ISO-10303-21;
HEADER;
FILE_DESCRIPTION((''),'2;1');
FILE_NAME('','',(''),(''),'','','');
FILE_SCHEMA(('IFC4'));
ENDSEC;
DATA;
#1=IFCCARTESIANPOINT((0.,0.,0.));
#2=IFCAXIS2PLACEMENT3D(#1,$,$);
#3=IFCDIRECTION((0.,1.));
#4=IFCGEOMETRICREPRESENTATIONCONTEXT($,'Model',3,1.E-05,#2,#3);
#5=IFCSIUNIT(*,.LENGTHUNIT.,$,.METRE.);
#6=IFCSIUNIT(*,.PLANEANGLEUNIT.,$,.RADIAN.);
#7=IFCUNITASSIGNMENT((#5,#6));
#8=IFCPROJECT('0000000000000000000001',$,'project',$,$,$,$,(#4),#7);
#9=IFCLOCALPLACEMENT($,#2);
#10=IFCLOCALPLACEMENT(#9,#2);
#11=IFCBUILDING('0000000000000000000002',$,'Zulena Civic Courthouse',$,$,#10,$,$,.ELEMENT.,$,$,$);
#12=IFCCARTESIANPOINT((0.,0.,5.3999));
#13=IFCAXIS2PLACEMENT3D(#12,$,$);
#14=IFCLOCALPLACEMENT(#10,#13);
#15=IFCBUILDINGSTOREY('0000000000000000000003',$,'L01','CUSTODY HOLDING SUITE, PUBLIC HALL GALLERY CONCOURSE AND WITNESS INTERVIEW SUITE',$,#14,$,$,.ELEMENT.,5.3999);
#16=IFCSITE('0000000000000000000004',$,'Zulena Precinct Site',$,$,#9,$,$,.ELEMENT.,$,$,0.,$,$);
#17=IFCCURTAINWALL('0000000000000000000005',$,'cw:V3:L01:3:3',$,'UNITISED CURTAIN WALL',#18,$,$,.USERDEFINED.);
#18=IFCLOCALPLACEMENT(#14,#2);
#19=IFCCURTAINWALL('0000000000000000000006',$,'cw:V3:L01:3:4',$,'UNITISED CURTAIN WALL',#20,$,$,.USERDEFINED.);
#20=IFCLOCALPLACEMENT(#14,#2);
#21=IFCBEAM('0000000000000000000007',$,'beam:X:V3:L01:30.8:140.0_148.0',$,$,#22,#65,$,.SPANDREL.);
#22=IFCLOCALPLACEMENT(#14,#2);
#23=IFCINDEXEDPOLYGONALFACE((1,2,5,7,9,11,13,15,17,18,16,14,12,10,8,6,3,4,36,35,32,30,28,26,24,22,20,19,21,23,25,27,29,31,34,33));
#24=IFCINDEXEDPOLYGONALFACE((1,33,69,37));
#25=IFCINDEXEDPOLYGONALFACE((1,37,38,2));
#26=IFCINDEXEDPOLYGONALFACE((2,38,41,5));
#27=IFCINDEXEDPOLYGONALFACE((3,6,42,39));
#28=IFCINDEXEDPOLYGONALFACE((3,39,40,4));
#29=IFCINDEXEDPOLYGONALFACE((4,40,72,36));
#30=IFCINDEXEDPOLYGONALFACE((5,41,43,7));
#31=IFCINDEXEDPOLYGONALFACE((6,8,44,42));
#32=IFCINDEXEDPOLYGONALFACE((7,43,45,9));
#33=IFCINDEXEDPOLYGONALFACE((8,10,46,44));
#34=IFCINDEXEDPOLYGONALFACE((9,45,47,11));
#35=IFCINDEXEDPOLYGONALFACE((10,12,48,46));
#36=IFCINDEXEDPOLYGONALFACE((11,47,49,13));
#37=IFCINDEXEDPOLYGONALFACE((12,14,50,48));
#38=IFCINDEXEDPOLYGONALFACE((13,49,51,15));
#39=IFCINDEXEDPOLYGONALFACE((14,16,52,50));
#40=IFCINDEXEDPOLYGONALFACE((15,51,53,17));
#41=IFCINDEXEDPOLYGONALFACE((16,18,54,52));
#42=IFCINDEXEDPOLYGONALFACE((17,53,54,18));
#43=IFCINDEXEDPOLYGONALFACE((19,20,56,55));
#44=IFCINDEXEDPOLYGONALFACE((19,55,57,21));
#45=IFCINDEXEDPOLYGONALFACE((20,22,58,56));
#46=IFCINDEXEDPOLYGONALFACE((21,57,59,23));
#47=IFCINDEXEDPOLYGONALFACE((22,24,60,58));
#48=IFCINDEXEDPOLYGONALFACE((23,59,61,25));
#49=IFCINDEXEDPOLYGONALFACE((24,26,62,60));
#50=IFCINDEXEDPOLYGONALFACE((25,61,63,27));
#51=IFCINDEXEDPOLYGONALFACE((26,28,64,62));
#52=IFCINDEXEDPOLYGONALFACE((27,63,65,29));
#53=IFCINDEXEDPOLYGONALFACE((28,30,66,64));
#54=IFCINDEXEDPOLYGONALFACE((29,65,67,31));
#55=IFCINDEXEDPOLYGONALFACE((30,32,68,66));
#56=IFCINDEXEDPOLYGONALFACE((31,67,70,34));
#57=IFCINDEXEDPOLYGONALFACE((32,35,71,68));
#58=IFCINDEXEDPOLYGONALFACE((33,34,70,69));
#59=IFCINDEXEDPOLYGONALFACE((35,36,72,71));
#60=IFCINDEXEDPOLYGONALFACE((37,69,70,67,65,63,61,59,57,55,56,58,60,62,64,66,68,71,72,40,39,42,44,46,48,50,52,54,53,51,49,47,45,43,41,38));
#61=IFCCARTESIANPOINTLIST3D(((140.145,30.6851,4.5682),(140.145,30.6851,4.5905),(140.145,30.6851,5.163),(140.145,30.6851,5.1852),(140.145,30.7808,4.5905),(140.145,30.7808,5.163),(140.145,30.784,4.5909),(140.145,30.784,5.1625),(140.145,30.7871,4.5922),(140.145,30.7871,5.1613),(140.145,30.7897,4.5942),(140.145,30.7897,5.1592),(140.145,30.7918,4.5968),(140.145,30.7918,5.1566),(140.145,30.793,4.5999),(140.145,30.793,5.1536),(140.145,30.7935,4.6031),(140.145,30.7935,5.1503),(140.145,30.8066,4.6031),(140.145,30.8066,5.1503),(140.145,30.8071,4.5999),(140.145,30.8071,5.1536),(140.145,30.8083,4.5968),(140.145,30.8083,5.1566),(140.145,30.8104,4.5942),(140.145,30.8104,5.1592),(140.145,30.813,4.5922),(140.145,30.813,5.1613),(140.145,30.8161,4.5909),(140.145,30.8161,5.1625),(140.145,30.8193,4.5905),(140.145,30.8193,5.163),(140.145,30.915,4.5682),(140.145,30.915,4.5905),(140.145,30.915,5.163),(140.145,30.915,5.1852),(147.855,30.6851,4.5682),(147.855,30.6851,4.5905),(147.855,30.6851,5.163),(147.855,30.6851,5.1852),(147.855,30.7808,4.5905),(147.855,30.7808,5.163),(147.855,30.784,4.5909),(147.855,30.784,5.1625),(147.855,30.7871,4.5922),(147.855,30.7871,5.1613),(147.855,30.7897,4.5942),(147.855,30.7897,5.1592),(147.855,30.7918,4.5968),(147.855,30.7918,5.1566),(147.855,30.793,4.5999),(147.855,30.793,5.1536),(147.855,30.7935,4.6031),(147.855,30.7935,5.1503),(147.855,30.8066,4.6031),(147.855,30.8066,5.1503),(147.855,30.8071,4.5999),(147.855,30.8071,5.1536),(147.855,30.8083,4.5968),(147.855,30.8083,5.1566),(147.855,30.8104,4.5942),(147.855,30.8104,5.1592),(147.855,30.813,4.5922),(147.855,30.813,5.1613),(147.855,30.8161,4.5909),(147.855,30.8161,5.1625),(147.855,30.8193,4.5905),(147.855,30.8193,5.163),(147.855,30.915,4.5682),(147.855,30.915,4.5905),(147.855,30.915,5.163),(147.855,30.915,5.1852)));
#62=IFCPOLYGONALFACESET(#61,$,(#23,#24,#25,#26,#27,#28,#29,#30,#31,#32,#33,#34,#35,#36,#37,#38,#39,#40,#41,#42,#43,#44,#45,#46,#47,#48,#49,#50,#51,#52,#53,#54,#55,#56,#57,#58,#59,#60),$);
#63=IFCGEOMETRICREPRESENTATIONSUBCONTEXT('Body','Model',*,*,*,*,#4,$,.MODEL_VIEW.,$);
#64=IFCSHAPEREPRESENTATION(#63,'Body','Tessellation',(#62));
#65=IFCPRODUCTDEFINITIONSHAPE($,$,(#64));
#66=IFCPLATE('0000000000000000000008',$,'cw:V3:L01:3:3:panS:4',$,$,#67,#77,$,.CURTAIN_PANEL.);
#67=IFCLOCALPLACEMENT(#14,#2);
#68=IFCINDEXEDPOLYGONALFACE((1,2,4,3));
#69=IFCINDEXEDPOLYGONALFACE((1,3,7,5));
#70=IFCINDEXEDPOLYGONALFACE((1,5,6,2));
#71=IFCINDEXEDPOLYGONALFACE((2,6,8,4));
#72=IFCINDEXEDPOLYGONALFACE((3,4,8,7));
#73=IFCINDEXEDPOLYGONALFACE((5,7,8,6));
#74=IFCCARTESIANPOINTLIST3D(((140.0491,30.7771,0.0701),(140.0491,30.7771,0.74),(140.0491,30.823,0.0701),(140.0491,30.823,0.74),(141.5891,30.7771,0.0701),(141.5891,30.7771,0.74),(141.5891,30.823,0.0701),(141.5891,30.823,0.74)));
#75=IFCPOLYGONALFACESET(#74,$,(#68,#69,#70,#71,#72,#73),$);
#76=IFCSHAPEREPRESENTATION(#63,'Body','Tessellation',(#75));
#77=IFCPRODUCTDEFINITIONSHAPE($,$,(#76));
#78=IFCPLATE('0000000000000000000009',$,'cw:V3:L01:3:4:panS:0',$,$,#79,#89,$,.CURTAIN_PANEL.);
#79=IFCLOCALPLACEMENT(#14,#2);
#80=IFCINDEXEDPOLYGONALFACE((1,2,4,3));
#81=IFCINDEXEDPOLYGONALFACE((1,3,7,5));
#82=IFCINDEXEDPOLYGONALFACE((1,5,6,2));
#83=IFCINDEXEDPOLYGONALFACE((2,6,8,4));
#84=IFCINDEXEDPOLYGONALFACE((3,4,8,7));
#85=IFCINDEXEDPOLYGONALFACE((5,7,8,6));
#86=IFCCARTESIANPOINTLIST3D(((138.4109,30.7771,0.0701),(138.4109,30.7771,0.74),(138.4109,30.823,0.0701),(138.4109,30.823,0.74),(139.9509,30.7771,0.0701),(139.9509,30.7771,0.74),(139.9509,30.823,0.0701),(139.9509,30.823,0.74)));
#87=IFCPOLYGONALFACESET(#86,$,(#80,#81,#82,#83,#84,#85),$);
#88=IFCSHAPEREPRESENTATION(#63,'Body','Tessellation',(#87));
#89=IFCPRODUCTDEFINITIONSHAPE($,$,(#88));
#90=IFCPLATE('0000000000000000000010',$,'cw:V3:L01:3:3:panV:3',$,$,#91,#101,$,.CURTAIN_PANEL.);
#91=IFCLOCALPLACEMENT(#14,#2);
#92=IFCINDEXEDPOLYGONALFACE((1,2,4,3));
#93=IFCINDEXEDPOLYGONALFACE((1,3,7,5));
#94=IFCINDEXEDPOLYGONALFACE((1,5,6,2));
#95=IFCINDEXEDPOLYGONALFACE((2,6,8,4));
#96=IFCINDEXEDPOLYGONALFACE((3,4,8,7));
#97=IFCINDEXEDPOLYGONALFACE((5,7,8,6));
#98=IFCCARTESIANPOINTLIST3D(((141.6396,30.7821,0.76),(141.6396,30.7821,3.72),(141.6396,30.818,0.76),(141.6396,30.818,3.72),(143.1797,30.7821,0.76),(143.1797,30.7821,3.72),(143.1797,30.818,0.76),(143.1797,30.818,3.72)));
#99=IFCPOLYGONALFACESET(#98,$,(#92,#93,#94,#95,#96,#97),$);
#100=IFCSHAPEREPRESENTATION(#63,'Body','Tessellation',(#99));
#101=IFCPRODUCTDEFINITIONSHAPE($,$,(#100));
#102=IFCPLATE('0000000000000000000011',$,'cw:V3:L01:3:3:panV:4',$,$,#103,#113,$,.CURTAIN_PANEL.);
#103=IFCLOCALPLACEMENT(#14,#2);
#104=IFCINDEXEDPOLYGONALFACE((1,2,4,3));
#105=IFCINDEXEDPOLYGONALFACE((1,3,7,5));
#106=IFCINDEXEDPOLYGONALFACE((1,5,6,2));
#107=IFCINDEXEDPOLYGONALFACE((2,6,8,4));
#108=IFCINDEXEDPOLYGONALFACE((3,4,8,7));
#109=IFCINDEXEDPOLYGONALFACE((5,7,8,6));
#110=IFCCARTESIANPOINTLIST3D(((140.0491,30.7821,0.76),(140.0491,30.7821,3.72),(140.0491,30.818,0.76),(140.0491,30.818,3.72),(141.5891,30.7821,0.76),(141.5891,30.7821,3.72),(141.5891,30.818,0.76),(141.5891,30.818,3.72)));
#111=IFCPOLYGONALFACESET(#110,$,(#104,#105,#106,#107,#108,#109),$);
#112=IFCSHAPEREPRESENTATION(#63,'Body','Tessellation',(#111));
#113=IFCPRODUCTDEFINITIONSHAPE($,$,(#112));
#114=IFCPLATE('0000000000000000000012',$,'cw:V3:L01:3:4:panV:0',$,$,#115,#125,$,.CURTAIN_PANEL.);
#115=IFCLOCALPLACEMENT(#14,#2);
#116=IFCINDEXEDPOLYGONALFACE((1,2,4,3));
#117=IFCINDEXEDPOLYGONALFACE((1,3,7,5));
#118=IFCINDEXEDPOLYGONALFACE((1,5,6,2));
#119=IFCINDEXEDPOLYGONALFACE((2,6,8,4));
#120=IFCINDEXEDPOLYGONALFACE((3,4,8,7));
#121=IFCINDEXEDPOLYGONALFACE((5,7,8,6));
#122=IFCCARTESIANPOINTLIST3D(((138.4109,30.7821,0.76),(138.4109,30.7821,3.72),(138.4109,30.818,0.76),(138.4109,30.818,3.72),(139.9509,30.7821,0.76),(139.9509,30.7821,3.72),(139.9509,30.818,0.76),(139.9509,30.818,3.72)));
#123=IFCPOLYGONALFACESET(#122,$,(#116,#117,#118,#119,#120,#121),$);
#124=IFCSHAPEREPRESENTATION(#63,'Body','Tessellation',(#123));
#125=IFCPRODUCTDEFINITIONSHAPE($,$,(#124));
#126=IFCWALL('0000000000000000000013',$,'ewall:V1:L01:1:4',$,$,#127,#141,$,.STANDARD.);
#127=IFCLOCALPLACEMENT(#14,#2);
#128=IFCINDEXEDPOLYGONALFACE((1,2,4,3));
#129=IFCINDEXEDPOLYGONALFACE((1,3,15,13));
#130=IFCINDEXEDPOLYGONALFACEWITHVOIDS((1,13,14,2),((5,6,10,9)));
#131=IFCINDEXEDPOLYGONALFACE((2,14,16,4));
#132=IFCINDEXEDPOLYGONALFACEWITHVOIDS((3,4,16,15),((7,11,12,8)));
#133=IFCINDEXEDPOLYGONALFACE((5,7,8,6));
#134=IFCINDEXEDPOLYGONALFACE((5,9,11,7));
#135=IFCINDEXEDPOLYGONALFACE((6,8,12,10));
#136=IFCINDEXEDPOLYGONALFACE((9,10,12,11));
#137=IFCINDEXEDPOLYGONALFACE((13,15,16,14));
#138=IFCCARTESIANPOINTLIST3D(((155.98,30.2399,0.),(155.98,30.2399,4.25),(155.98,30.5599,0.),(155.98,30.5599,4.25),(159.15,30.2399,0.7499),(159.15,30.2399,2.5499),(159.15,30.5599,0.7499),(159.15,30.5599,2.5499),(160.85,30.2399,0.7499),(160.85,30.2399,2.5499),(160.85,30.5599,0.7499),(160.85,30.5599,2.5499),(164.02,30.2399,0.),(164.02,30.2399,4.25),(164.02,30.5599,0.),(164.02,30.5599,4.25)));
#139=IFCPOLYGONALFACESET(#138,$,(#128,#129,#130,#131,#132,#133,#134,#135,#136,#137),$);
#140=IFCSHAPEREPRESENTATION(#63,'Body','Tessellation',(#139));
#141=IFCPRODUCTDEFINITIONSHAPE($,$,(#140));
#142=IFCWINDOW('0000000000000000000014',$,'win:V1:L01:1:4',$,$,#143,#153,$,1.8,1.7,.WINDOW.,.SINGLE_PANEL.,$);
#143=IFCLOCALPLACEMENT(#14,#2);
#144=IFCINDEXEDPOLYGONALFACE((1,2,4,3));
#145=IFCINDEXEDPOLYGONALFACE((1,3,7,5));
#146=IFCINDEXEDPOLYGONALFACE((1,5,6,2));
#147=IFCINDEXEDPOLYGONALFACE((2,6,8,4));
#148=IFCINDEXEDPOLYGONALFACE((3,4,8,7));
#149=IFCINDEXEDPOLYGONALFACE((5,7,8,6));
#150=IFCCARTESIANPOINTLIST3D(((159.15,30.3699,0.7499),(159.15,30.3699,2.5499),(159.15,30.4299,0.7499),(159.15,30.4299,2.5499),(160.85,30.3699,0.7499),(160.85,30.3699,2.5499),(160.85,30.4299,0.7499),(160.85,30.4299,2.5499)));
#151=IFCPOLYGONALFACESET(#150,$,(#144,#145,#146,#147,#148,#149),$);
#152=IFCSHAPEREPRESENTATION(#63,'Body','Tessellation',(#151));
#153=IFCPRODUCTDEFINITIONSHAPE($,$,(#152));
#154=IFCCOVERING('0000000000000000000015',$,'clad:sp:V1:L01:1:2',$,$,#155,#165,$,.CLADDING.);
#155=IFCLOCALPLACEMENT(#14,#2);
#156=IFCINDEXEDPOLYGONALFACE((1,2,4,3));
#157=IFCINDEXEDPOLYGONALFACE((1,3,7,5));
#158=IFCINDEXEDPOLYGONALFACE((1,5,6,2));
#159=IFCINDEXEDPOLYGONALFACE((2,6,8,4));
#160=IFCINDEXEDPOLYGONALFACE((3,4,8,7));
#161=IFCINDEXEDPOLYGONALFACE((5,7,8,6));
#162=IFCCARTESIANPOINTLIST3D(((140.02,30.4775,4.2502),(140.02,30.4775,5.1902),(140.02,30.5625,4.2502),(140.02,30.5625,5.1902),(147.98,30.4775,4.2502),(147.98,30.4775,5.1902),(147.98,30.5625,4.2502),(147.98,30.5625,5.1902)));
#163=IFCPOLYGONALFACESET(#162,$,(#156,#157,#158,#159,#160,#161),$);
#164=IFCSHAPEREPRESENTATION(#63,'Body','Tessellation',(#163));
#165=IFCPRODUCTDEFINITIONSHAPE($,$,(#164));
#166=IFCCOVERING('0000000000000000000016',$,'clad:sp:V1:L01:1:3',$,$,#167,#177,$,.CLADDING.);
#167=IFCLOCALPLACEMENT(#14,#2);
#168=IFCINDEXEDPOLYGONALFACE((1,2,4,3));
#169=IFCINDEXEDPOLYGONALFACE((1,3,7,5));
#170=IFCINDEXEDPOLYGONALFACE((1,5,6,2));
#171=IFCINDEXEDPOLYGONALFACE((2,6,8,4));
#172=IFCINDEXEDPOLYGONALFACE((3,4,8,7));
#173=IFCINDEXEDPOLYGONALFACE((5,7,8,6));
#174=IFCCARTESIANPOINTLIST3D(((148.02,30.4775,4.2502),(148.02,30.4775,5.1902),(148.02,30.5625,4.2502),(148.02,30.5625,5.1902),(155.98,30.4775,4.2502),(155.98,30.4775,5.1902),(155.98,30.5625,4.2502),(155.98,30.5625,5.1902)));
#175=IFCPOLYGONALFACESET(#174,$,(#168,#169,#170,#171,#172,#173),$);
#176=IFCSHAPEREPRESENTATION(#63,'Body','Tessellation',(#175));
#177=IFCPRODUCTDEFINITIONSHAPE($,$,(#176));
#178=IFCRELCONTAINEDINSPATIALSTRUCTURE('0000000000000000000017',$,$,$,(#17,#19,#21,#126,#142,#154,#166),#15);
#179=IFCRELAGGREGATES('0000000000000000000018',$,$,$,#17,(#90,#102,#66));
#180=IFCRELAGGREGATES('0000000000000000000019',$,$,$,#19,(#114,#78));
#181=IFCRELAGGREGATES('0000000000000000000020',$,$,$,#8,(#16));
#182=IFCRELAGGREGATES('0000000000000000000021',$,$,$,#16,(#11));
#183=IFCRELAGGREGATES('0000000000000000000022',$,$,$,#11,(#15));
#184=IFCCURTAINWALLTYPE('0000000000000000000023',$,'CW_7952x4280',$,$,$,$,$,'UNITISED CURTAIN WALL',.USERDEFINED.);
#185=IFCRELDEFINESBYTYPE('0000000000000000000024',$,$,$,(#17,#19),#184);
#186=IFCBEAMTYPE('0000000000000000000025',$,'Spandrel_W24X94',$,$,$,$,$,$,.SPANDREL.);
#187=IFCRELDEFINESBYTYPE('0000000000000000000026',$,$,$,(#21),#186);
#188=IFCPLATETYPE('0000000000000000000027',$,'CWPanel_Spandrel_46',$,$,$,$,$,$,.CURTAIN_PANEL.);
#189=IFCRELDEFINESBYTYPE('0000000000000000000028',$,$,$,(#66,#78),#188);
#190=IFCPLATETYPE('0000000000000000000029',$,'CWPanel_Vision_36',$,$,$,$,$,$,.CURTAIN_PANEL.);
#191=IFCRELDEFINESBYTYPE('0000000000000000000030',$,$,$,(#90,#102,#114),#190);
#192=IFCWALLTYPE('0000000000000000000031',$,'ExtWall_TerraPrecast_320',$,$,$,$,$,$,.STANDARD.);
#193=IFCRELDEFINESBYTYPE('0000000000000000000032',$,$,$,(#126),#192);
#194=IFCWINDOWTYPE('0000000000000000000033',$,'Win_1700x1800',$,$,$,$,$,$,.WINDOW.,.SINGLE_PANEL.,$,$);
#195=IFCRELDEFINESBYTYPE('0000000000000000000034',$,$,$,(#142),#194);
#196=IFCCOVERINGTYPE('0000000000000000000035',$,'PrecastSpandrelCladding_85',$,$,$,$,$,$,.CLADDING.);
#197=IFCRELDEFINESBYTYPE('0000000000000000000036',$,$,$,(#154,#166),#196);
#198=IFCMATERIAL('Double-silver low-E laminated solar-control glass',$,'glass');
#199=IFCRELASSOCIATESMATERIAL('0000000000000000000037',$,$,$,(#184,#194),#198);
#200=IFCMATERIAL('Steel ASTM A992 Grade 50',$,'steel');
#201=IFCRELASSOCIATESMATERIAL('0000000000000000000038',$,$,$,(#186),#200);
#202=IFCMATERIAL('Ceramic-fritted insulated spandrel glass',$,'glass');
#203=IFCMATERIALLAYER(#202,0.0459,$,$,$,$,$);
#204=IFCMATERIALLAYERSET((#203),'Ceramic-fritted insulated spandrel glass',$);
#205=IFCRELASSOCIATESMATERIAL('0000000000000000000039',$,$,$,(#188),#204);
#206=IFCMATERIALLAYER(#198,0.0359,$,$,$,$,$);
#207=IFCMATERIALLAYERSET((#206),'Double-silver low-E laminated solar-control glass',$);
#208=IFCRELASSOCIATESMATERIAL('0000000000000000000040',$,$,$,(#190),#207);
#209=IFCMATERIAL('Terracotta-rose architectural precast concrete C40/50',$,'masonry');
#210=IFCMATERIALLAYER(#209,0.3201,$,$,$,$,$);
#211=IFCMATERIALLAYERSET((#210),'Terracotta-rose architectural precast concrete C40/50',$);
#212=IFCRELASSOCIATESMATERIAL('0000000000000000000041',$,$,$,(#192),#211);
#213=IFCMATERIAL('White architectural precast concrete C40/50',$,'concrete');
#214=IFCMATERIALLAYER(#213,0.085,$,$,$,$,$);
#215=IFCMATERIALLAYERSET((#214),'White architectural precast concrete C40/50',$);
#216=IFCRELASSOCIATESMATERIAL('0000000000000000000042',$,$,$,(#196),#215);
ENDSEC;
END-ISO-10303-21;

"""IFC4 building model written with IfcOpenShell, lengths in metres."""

from ifc_helpers import new_model, si_unit, direction, frame, frame_2d, origin, origin_2d, place, context, subcontext, project, spatial, rectangle, i_section, extrude, material, layer, layer_set, material_profile, profile_set, type_object, element, fill, aggregate, save


model = new_model("IFC4")

# Units and contexts
model_context = context("Model", 3, precision=1e-05, world=origin(), true_north=direction((0.0, 1.0)))
body_context = subcontext(model_context, "Body", "Model", "MODEL_VIEW")
ifc_project = project(units=[si_unit("LENGTHUNIT", "METRE"), si_unit("PLANEANGLEUNIT", "RADIAN")], contexts=[model_context])

# Site, building, storey
site_placement = place(None, origin())
site = spatial("IfcSite", under=ifc_project, at=site_placement, Name="Zulena Precinct Site", CompositionType="ELEMENT", RefElevation=0.0)
building_placement = place(site_placement, origin())
building = spatial("IfcBuilding", under=site, at=building_placement, Name="Zulena Civic Courthouse", CompositionType="ELEMENT")
storey_placement = place(building_placement, frame((0.0, 0.0, 5.3999)))
storey = spatial("IfcBuildingStorey", under=building, at=storey_placement, Name="L01", Description="CUSTODY HOLDING SUITE, PUBLIC HALL GALLERY CONCOURSE AND WITNESS INTERVIEW SUITE", CompositionType="ELEMENT", Elevation=5.3999)

# Shared definitions
ifc_material_1 = material(Name="Steel ASTM A992 Grade 50", Category="steel")

# Curtain walls
ifc_material_2 = material(Name="Double-silver low-E laminated solar-control glass", Category="glass")
curtain_wall_type = type_object("IfcCurtainWallType", Name="CW_7952x4280", ElementType="UNITISED CURTAIN WALL", PredefinedType="USERDEFINED", material=ifc_material_2)
curtain_wall_1_placement = place(storey_placement, origin())
curtain_wall_1 = element("IfcCurtainWall", 1, at=curtain_wall_1_placement, inside=storey, type_object=curtain_wall_type, Name="cw:V3:L01:3:3", ObjectType="UNITISED CURTAIN WALL", PredefinedType="USERDEFINED")
curtain_wall_2_placement = place(storey_placement, origin())
curtain_wall_2 = element("IfcCurtainWall", 2, at=curtain_wall_2_placement, inside=storey, type_object=curtain_wall_type, Name="cw:V3:L01:3:4", ObjectType="UNITISED CURTAIN WALL", PredefinedType="USERDEFINED")

# Beam
ifc_material_profile_1 = material_profile(ifc_material_1, i_section(OverallWidth=0.23, OverallDepth=0.6169, WebThickness=0.0132, FlangeThickness=0.0222, FilletRadius=0.0127, at=origin_2d()), Name="W24X94")
ifc_profile_set_1 = profile_set([ifc_material_profile_1], Name="Steel ASTM A992 Grade 50")
beam_type = type_object("IfcBeamType", Name="Spandrel_W24X94", PredefinedType="SPANDREL", material=ifc_profile_set_1)
beam_placement = place(storey_placement, frame((140.145, 30.8, 4.8767), z_axis=(1.0, 0.0, 0.0), x_axis=(0.0, 1.0, 0.0)))
element("IfcBeam", 3, at=beam_placement, inside=storey, type_object=beam_type, Name="beam:X:V3:L01:30.8:140.0_148.0", PredefinedType="SPANDREL", context=body_context, shape_type="SweptSolid", body=[
    extrude(i_section(OverallWidth=0.23, OverallDepth=0.6169, WebThickness=0.0132, FlangeThickness=0.0222, FilletRadius=0.0127, at=origin_2d()), origin(), (0.0, 0.0, 1.0), 7.71),
])

# Plates
ifc_material_3 = material(Name="Ceramic-fritted insulated spandrel glass", Category="glass")
ifc_layer_1 = layer(ifc_material_3, 0.0459)
ifc_layer_set_1 = layer_set([ifc_layer_1], Name="Ceramic-fritted insulated spandrel glass")
plate_type_1 = type_object("IfcPlateType", Name="CWPanel_Spandrel_46", PredefinedType="CURTAIN_PANEL", material=ifc_layer_set_1)
plate_1_placement = place(storey_placement, frame((140.8191, 30.8, 0.0701), z_axis=(0.0, 0.0, 1.0), x_axis=(-1.0, 0.0, 0.0)))
plate_1 = element("IfcPlate", 4, at=plate_1_placement, type_object=plate_type_1, Name="cw:V3:L01:3:3:panS:4", PredefinedType="CURTAIN_PANEL", context=body_context, shape_type="SweptSolid", body=[
    extrude(rectangle(XDim=1.54, YDim=0.0459, at=origin_2d()), origin(), (0.0, 0.0, 1.0), 0.6699),
])
plate_2_placement = place(storey_placement, frame((139.1809, 30.8, 0.0701), z_axis=(0.0, 0.0, 1.0), x_axis=(-1.0, 0.0, 0.0)))
plate_2 = element("IfcPlate", 5, at=plate_2_placement, type_object=plate_type_1, Name="cw:V3:L01:3:4:panS:0", PredefinedType="CURTAIN_PANEL", context=body_context, shape_type="SweptSolid", body=[
    extrude(rectangle(XDim=1.54, YDim=0.0459, at=origin_2d()), origin(), (0.0, 0.0, 1.0), 0.6699),
])
ifc_layer_2 = layer(ifc_material_2, 0.0359)
ifc_layer_set_2 = layer_set([ifc_layer_2], Name="Double-silver low-E laminated solar-control glass")
plate_type_2 = type_object("IfcPlateType", Name="CWPanel_Vision_36", PredefinedType="CURTAIN_PANEL", material=ifc_layer_set_2)
plate_3_placement = place(storey_placement, frame((142.4097, 30.8, 0.76), z_axis=(0.0, 0.0, 1.0), x_axis=(-1.0, 0.0, 0.0)))
plate_3 = element("IfcPlate", 6, at=plate_3_placement, type_object=plate_type_2, Name="cw:V3:L01:3:3:panV:3", PredefinedType="CURTAIN_PANEL", context=body_context, shape_type="SweptSolid", body=[
    extrude(rectangle(XDim=1.54, YDim=0.0359, at=origin_2d()), origin(), (0.0, 0.0, 1.0), 2.96),
])
plate_4_placement = place(storey_placement, frame((140.8191, 30.8, 0.76), z_axis=(0.0, 0.0, 1.0), x_axis=(-1.0, 0.0, 0.0)))
plate_4 = element("IfcPlate", 7, at=plate_4_placement, type_object=plate_type_2, Name="cw:V3:L01:3:3:panV:4", PredefinedType="CURTAIN_PANEL", context=body_context, shape_type="SweptSolid", body=[
    extrude(rectangle(XDim=1.54, YDim=0.0359, at=origin_2d()), origin(), (0.0, 0.0, 1.0), 2.96),
])
aggregate(curtain_wall_1, [plate_3, plate_4, plate_1])
plate_5_placement = place(storey_placement, frame((139.1809, 30.8, 0.76), z_axis=(0.0, 0.0, 1.0), x_axis=(-1.0, 0.0, 0.0)))
plate_5 = element("IfcPlate", 8, at=plate_5_placement, type_object=plate_type_2, Name="cw:V3:L01:3:4:panV:0", PredefinedType="CURTAIN_PANEL", context=body_context, shape_type="SweptSolid", body=[
    extrude(rectangle(XDim=1.54, YDim=0.0359, at=origin_2d()), origin(), (0.0, 0.0, 1.0), 2.96),
])
aggregate(curtain_wall_2, [plate_5, plate_2])

# Wall, opening, window
ifc_material_4 = material(Name="Terracotta-rose architectural precast concrete C40/50", Category="masonry")
ifc_layer_3 = layer(ifc_material_4, 0.3201)
ifc_layer_set_3 = layer_set([ifc_layer_3], Name="Terracotta-rose architectural precast concrete C40/50")
wall_type = type_object("IfcWallType", Name="ExtWall_TerraPrecast_320", PredefinedType="STANDARD", material=ifc_layer_set_3)
wall_placement = place(storey_placement, frame((155.98, 30.3999, 0.0), z_axis=(0.0, 0.0, 1.0), x_axis=(1.0, 0.0, 0.0)))
wall = element("IfcWall", 9, at=wall_placement, inside=storey, type_object=wall_type, Name="ewall:V1:L01:1:4", PredefinedType="STANDARD", context=body_context, shape_type="SweptSolid", body=[
    extrude(rectangle(XDim=8.04, YDim=0.3201, at=frame_2d((4.02, 0.0))), origin(), (0.0, 0.0, 1.0), 4.25),
])
opening_placement = place(wall_placement, frame((3.1699, 0.0, 0.75)))
opening = element("IfcOpeningElement", 10, at=opening_placement, cuts=wall, PredefinedType="OPENING", context=body_context, shape_type="SweptSolid", body=[
    extrude(rectangle(XDim=1.7, YDim=1.8, at=frame_2d((0.8501, 0.8999))), frame((0.0, 0.1699, 0.0), z_axis=(0.0, -1.0, 0.0), x_axis=(1.0, 0.0, 0.0)), (0.0, 0.0, 1.0), 0.3401),
])
window_type = type_object("IfcWindowType", Name="Win_1700x1800", PartitioningType="SINGLE_PANEL", PredefinedType="WINDOW", material=ifc_material_2)
window_placement = place(opening_placement, origin())
window = element("IfcWindow", 11, at=window_placement, inside=storey, type_object=window_type, Name="win:V1:L01:1:4", OverallHeight=1.8, OverallWidth=1.7, PartitioningType="SINGLE_PANEL", PredefinedType="WINDOW", context=body_context, shape_type="SweptSolid", body=[
    extrude(rectangle(XDim=1.7, YDim=1.8, at=frame_2d((0.8501, 0.8999))), frame((0.0, 0.03, 0.0), z_axis=(0.0, -1.0, 0.0), x_axis=(1.0, 0.0, 0.0)), (0.0, 0.0, 1.0), 0.0601),
])
fill(opening, window)

# Coverings
ifc_material_5 = material(Name="White architectural precast concrete C40/50", Category="concrete")
ifc_layer_4 = layer(ifc_material_5, 0.085)
ifc_layer_set_4 = layer_set([ifc_layer_4], Name="White architectural precast concrete C40/50")
covering_type = type_object("IfcCoveringType", Name="PrecastSpandrelCladding_85", PredefinedType="CLADDING", material=ifc_layer_set_4)
for number, where, z_axis, x_axis, name in (
    (12, (144.0, 30.52, 4.2502), (0.0, 0.0, 1.0), (1.0, 0.0, 0.0), "clad:sp:V1:L01:1:2"),
    (13, (152.0, 30.52, 4.2502), (0.0, 0.0, 1.0), (1.0, 0.0, 0.0), "clad:sp:V1:L01:1:3"),
):
    element("IfcCovering", number, at=place(storey_placement, frame(where, z_axis=z_axis, x_axis=x_axis)), inside=storey, type_object=covering_type, Name=name, PredefinedType="CLADDING", context=body_context, shape_type="SweptSolid", body=[
        extrude(rectangle(XDim=7.96, YDim=0.085, at=origin_2d()), origin(), (0.0, 0.0, 1.0), 0.9399),
    ])

save(model, "model.ifc")
